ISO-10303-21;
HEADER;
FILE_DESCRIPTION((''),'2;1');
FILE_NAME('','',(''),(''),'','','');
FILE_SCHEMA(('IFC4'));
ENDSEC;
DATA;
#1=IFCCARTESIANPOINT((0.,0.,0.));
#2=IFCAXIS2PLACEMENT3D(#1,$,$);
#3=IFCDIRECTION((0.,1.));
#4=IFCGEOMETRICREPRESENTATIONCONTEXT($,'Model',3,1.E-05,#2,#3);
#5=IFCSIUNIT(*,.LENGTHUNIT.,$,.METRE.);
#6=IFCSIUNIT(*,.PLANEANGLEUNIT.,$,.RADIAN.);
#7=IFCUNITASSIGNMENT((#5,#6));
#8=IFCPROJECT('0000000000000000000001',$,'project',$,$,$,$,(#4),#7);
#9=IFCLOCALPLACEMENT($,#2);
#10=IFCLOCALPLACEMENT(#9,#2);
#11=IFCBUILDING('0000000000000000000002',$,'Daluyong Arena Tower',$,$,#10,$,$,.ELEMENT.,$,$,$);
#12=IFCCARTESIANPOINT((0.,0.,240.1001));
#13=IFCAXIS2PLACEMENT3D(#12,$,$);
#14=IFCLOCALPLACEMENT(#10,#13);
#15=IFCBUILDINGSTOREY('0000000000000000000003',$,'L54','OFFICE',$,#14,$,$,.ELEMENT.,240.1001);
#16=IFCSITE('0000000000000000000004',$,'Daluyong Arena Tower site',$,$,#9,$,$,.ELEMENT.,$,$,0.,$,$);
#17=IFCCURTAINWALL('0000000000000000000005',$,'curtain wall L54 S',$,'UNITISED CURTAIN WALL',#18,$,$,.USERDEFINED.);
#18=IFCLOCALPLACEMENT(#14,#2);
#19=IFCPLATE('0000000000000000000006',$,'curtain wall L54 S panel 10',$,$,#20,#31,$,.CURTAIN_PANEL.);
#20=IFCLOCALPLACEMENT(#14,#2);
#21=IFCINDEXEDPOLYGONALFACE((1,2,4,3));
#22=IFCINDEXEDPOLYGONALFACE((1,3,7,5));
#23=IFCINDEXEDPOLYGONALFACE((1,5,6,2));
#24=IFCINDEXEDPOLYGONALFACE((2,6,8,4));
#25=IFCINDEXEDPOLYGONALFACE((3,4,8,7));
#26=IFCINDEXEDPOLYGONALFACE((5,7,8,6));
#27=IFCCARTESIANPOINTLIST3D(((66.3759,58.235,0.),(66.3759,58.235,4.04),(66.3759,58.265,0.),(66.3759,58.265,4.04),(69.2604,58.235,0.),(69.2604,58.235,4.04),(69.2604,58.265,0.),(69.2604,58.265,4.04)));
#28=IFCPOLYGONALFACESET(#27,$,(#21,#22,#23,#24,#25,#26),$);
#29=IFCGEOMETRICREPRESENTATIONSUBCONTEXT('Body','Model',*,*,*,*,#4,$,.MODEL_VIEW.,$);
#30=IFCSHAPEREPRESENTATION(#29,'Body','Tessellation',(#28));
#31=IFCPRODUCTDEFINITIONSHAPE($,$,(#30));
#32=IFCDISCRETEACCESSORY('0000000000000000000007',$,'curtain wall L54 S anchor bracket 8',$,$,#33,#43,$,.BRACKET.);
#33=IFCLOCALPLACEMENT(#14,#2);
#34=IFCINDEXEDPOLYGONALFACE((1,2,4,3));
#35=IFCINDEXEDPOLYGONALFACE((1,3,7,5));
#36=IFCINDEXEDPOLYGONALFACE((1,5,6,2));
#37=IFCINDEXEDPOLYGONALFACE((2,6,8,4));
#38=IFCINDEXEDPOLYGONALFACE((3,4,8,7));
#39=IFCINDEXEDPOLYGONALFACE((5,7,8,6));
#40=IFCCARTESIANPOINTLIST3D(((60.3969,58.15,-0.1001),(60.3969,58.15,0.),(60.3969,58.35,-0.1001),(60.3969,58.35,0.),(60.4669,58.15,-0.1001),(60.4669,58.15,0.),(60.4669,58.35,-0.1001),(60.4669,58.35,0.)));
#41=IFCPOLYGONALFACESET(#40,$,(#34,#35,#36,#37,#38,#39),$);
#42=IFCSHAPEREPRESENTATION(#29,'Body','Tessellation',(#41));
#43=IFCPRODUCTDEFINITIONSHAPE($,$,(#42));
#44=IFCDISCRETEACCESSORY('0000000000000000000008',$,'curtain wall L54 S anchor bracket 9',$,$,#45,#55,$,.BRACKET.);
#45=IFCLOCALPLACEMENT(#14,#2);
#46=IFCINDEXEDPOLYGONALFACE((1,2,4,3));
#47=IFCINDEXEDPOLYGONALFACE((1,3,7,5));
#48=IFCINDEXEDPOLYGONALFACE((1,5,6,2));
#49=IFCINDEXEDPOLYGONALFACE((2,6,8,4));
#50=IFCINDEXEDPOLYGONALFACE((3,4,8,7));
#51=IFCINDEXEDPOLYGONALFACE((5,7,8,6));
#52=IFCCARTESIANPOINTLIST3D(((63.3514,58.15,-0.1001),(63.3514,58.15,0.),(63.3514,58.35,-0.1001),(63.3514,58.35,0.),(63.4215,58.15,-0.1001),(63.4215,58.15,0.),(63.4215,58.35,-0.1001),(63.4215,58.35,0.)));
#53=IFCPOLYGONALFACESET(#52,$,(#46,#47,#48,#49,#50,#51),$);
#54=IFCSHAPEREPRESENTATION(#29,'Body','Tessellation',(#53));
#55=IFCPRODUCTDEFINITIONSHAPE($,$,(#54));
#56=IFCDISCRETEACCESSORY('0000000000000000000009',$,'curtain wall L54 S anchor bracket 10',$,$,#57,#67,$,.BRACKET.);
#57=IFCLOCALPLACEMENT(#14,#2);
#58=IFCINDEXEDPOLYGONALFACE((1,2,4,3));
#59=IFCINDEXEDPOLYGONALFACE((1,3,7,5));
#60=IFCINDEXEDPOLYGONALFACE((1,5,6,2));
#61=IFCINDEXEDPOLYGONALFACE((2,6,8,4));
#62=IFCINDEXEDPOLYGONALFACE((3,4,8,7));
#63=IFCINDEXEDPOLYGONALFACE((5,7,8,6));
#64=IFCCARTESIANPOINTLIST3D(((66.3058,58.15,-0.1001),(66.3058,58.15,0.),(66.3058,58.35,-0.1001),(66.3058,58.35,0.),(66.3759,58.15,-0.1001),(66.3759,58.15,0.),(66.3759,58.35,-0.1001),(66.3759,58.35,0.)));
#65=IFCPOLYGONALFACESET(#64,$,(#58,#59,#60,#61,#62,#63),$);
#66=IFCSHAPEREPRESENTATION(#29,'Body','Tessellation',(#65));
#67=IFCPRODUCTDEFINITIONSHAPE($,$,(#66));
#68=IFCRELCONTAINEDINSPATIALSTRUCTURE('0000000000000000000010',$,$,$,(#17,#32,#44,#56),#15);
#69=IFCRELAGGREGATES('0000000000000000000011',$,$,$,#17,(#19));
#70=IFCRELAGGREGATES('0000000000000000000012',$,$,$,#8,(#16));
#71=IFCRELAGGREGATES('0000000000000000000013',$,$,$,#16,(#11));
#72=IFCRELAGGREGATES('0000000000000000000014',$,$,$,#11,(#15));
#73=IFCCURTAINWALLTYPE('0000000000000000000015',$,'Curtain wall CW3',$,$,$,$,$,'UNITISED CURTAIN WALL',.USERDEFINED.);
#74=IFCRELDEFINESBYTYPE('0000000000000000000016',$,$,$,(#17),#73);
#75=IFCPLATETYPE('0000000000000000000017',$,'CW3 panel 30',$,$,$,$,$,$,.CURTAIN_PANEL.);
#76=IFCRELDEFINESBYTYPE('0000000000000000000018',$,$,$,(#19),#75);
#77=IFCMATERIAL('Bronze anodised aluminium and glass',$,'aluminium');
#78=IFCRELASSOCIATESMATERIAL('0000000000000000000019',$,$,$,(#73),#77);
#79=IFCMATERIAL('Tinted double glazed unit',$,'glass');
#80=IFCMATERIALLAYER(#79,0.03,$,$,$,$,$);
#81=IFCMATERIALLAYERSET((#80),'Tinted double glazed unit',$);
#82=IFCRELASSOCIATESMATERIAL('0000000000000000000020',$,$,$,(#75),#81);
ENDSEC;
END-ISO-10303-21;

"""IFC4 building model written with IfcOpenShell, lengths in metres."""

from ifc_helpers import new_model, si_unit, direction, frame, origin, origin_2d, place, context, subcontext, project, spatial, rectangle, extrude, material, layer, layer_set, type_object, element, aggregate, save


model = new_model("IFC4")

# Units and contexts
model_context = context("Model", 3, precision=1e-05, world=origin(), true_north=direction((0.0, 1.0)))
body_context = subcontext(model_context, "Body", "Model", "MODEL_VIEW")
ifc_project = project(units=[si_unit("LENGTHUNIT", "METRE"), si_unit("PLANEANGLEUNIT", "RADIAN")], contexts=[model_context])

# Site, building, storey
site_placement = place(None, origin())
site = spatial("IfcSite", under=ifc_project, at=site_placement, Name="Daluyong Arena Tower site", CompositionType="ELEMENT", RefElevation=0.0)
building_placement = place(site_placement, origin())
building = spatial("IfcBuilding", under=site, at=building_placement, Name="Daluyong Arena Tower", CompositionType="ELEMENT")
storey_placement = place(building_placement, frame((0.0, 0.0, 240.1001)))
storey = spatial("IfcBuildingStorey", under=building, at=storey_placement, Name="L54", Description="OFFICE", CompositionType="ELEMENT", Elevation=240.1001)

# Curtain wall
ifc_material_1 = material(Name="Bronze anodised aluminium and glass", Category="aluminium")
curtain_wall_type = type_object("IfcCurtainWallType", Name="Curtain wall CW3", ElementType="UNITISED CURTAIN WALL", PredefinedType="USERDEFINED", material=ifc_material_1)
curtain_wall_placement = place(storey_placement, origin())
curtain_wall = element("IfcCurtainWall", 1, at=curtain_wall_placement, inside=storey, type_object=curtain_wall_type, Name="curtain wall L54 S", ObjectType="UNITISED CURTAIN WALL", PredefinedType="USERDEFINED")

# Plate
ifc_material_2 = material(Name="Tinted double glazed unit", Category="glass")
ifc_layer = layer(ifc_material_2, 0.03)
ifc_layer_set = layer_set([ifc_layer], Name="Tinted double glazed unit")
plate_type = type_object("IfcPlateType", Name="CW3 panel 30", PredefinedType="CURTAIN_PANEL", material=ifc_layer_set)
plate_1_placement = place(storey_placement, frame((67.8181, 58.25, 0.0), z_axis=(0.0, 0.0, 1.0), x_axis=(1.0, 0.0, 0.0)))
plate_1 = element("IfcPlate", 2, at=plate_1_placement, type_object=plate_type, Name="curtain wall L54 S panel 10", PredefinedType="CURTAIN_PANEL", context=body_context, shape_type="SweptSolid", body=[
    extrude(rectangle(XDim=2.8845, YDim=0.03, at=origin_2d()), origin(), (0.0, 0.0, 1.0), 4.04),
])
aggregate(curtain_wall, [plate_1])

# Discrete accessories
for number, where, z_axis, x_axis, name in (
    (3, (60.4319, 58.25, -0.1001), (0.0, 0.0, 1.0), (1.0, 0.0, 0.0), "curtain wall L54 S anchor bracket 8"),
    (4, (63.3865, 58.25, -0.1001), (0.0, 0.0, 1.0), (1.0, 0.0, 0.0), "curtain wall L54 S anchor bracket 9"),
    (5, (66.3408, 58.25, -0.1001), (0.0, 0.0, 1.0), (1.0, 0.0, 0.0), "curtain wall L54 S anchor bracket 10"),
):
    element("IfcDiscreteAccessory", number, at=place(storey_placement, frame(where, z_axis=z_axis, x_axis=x_axis)), inside=storey, Name=name, PredefinedType="BRACKET", context=body_context, shape_type="SweptSolid", body=[
        extrude(rectangle(XDim=0.0701, YDim=0.2, at=origin_2d()), origin(), (0.0, 0.0, 1.0), 0.1001),
    ])

save(model, "model.ifc")
